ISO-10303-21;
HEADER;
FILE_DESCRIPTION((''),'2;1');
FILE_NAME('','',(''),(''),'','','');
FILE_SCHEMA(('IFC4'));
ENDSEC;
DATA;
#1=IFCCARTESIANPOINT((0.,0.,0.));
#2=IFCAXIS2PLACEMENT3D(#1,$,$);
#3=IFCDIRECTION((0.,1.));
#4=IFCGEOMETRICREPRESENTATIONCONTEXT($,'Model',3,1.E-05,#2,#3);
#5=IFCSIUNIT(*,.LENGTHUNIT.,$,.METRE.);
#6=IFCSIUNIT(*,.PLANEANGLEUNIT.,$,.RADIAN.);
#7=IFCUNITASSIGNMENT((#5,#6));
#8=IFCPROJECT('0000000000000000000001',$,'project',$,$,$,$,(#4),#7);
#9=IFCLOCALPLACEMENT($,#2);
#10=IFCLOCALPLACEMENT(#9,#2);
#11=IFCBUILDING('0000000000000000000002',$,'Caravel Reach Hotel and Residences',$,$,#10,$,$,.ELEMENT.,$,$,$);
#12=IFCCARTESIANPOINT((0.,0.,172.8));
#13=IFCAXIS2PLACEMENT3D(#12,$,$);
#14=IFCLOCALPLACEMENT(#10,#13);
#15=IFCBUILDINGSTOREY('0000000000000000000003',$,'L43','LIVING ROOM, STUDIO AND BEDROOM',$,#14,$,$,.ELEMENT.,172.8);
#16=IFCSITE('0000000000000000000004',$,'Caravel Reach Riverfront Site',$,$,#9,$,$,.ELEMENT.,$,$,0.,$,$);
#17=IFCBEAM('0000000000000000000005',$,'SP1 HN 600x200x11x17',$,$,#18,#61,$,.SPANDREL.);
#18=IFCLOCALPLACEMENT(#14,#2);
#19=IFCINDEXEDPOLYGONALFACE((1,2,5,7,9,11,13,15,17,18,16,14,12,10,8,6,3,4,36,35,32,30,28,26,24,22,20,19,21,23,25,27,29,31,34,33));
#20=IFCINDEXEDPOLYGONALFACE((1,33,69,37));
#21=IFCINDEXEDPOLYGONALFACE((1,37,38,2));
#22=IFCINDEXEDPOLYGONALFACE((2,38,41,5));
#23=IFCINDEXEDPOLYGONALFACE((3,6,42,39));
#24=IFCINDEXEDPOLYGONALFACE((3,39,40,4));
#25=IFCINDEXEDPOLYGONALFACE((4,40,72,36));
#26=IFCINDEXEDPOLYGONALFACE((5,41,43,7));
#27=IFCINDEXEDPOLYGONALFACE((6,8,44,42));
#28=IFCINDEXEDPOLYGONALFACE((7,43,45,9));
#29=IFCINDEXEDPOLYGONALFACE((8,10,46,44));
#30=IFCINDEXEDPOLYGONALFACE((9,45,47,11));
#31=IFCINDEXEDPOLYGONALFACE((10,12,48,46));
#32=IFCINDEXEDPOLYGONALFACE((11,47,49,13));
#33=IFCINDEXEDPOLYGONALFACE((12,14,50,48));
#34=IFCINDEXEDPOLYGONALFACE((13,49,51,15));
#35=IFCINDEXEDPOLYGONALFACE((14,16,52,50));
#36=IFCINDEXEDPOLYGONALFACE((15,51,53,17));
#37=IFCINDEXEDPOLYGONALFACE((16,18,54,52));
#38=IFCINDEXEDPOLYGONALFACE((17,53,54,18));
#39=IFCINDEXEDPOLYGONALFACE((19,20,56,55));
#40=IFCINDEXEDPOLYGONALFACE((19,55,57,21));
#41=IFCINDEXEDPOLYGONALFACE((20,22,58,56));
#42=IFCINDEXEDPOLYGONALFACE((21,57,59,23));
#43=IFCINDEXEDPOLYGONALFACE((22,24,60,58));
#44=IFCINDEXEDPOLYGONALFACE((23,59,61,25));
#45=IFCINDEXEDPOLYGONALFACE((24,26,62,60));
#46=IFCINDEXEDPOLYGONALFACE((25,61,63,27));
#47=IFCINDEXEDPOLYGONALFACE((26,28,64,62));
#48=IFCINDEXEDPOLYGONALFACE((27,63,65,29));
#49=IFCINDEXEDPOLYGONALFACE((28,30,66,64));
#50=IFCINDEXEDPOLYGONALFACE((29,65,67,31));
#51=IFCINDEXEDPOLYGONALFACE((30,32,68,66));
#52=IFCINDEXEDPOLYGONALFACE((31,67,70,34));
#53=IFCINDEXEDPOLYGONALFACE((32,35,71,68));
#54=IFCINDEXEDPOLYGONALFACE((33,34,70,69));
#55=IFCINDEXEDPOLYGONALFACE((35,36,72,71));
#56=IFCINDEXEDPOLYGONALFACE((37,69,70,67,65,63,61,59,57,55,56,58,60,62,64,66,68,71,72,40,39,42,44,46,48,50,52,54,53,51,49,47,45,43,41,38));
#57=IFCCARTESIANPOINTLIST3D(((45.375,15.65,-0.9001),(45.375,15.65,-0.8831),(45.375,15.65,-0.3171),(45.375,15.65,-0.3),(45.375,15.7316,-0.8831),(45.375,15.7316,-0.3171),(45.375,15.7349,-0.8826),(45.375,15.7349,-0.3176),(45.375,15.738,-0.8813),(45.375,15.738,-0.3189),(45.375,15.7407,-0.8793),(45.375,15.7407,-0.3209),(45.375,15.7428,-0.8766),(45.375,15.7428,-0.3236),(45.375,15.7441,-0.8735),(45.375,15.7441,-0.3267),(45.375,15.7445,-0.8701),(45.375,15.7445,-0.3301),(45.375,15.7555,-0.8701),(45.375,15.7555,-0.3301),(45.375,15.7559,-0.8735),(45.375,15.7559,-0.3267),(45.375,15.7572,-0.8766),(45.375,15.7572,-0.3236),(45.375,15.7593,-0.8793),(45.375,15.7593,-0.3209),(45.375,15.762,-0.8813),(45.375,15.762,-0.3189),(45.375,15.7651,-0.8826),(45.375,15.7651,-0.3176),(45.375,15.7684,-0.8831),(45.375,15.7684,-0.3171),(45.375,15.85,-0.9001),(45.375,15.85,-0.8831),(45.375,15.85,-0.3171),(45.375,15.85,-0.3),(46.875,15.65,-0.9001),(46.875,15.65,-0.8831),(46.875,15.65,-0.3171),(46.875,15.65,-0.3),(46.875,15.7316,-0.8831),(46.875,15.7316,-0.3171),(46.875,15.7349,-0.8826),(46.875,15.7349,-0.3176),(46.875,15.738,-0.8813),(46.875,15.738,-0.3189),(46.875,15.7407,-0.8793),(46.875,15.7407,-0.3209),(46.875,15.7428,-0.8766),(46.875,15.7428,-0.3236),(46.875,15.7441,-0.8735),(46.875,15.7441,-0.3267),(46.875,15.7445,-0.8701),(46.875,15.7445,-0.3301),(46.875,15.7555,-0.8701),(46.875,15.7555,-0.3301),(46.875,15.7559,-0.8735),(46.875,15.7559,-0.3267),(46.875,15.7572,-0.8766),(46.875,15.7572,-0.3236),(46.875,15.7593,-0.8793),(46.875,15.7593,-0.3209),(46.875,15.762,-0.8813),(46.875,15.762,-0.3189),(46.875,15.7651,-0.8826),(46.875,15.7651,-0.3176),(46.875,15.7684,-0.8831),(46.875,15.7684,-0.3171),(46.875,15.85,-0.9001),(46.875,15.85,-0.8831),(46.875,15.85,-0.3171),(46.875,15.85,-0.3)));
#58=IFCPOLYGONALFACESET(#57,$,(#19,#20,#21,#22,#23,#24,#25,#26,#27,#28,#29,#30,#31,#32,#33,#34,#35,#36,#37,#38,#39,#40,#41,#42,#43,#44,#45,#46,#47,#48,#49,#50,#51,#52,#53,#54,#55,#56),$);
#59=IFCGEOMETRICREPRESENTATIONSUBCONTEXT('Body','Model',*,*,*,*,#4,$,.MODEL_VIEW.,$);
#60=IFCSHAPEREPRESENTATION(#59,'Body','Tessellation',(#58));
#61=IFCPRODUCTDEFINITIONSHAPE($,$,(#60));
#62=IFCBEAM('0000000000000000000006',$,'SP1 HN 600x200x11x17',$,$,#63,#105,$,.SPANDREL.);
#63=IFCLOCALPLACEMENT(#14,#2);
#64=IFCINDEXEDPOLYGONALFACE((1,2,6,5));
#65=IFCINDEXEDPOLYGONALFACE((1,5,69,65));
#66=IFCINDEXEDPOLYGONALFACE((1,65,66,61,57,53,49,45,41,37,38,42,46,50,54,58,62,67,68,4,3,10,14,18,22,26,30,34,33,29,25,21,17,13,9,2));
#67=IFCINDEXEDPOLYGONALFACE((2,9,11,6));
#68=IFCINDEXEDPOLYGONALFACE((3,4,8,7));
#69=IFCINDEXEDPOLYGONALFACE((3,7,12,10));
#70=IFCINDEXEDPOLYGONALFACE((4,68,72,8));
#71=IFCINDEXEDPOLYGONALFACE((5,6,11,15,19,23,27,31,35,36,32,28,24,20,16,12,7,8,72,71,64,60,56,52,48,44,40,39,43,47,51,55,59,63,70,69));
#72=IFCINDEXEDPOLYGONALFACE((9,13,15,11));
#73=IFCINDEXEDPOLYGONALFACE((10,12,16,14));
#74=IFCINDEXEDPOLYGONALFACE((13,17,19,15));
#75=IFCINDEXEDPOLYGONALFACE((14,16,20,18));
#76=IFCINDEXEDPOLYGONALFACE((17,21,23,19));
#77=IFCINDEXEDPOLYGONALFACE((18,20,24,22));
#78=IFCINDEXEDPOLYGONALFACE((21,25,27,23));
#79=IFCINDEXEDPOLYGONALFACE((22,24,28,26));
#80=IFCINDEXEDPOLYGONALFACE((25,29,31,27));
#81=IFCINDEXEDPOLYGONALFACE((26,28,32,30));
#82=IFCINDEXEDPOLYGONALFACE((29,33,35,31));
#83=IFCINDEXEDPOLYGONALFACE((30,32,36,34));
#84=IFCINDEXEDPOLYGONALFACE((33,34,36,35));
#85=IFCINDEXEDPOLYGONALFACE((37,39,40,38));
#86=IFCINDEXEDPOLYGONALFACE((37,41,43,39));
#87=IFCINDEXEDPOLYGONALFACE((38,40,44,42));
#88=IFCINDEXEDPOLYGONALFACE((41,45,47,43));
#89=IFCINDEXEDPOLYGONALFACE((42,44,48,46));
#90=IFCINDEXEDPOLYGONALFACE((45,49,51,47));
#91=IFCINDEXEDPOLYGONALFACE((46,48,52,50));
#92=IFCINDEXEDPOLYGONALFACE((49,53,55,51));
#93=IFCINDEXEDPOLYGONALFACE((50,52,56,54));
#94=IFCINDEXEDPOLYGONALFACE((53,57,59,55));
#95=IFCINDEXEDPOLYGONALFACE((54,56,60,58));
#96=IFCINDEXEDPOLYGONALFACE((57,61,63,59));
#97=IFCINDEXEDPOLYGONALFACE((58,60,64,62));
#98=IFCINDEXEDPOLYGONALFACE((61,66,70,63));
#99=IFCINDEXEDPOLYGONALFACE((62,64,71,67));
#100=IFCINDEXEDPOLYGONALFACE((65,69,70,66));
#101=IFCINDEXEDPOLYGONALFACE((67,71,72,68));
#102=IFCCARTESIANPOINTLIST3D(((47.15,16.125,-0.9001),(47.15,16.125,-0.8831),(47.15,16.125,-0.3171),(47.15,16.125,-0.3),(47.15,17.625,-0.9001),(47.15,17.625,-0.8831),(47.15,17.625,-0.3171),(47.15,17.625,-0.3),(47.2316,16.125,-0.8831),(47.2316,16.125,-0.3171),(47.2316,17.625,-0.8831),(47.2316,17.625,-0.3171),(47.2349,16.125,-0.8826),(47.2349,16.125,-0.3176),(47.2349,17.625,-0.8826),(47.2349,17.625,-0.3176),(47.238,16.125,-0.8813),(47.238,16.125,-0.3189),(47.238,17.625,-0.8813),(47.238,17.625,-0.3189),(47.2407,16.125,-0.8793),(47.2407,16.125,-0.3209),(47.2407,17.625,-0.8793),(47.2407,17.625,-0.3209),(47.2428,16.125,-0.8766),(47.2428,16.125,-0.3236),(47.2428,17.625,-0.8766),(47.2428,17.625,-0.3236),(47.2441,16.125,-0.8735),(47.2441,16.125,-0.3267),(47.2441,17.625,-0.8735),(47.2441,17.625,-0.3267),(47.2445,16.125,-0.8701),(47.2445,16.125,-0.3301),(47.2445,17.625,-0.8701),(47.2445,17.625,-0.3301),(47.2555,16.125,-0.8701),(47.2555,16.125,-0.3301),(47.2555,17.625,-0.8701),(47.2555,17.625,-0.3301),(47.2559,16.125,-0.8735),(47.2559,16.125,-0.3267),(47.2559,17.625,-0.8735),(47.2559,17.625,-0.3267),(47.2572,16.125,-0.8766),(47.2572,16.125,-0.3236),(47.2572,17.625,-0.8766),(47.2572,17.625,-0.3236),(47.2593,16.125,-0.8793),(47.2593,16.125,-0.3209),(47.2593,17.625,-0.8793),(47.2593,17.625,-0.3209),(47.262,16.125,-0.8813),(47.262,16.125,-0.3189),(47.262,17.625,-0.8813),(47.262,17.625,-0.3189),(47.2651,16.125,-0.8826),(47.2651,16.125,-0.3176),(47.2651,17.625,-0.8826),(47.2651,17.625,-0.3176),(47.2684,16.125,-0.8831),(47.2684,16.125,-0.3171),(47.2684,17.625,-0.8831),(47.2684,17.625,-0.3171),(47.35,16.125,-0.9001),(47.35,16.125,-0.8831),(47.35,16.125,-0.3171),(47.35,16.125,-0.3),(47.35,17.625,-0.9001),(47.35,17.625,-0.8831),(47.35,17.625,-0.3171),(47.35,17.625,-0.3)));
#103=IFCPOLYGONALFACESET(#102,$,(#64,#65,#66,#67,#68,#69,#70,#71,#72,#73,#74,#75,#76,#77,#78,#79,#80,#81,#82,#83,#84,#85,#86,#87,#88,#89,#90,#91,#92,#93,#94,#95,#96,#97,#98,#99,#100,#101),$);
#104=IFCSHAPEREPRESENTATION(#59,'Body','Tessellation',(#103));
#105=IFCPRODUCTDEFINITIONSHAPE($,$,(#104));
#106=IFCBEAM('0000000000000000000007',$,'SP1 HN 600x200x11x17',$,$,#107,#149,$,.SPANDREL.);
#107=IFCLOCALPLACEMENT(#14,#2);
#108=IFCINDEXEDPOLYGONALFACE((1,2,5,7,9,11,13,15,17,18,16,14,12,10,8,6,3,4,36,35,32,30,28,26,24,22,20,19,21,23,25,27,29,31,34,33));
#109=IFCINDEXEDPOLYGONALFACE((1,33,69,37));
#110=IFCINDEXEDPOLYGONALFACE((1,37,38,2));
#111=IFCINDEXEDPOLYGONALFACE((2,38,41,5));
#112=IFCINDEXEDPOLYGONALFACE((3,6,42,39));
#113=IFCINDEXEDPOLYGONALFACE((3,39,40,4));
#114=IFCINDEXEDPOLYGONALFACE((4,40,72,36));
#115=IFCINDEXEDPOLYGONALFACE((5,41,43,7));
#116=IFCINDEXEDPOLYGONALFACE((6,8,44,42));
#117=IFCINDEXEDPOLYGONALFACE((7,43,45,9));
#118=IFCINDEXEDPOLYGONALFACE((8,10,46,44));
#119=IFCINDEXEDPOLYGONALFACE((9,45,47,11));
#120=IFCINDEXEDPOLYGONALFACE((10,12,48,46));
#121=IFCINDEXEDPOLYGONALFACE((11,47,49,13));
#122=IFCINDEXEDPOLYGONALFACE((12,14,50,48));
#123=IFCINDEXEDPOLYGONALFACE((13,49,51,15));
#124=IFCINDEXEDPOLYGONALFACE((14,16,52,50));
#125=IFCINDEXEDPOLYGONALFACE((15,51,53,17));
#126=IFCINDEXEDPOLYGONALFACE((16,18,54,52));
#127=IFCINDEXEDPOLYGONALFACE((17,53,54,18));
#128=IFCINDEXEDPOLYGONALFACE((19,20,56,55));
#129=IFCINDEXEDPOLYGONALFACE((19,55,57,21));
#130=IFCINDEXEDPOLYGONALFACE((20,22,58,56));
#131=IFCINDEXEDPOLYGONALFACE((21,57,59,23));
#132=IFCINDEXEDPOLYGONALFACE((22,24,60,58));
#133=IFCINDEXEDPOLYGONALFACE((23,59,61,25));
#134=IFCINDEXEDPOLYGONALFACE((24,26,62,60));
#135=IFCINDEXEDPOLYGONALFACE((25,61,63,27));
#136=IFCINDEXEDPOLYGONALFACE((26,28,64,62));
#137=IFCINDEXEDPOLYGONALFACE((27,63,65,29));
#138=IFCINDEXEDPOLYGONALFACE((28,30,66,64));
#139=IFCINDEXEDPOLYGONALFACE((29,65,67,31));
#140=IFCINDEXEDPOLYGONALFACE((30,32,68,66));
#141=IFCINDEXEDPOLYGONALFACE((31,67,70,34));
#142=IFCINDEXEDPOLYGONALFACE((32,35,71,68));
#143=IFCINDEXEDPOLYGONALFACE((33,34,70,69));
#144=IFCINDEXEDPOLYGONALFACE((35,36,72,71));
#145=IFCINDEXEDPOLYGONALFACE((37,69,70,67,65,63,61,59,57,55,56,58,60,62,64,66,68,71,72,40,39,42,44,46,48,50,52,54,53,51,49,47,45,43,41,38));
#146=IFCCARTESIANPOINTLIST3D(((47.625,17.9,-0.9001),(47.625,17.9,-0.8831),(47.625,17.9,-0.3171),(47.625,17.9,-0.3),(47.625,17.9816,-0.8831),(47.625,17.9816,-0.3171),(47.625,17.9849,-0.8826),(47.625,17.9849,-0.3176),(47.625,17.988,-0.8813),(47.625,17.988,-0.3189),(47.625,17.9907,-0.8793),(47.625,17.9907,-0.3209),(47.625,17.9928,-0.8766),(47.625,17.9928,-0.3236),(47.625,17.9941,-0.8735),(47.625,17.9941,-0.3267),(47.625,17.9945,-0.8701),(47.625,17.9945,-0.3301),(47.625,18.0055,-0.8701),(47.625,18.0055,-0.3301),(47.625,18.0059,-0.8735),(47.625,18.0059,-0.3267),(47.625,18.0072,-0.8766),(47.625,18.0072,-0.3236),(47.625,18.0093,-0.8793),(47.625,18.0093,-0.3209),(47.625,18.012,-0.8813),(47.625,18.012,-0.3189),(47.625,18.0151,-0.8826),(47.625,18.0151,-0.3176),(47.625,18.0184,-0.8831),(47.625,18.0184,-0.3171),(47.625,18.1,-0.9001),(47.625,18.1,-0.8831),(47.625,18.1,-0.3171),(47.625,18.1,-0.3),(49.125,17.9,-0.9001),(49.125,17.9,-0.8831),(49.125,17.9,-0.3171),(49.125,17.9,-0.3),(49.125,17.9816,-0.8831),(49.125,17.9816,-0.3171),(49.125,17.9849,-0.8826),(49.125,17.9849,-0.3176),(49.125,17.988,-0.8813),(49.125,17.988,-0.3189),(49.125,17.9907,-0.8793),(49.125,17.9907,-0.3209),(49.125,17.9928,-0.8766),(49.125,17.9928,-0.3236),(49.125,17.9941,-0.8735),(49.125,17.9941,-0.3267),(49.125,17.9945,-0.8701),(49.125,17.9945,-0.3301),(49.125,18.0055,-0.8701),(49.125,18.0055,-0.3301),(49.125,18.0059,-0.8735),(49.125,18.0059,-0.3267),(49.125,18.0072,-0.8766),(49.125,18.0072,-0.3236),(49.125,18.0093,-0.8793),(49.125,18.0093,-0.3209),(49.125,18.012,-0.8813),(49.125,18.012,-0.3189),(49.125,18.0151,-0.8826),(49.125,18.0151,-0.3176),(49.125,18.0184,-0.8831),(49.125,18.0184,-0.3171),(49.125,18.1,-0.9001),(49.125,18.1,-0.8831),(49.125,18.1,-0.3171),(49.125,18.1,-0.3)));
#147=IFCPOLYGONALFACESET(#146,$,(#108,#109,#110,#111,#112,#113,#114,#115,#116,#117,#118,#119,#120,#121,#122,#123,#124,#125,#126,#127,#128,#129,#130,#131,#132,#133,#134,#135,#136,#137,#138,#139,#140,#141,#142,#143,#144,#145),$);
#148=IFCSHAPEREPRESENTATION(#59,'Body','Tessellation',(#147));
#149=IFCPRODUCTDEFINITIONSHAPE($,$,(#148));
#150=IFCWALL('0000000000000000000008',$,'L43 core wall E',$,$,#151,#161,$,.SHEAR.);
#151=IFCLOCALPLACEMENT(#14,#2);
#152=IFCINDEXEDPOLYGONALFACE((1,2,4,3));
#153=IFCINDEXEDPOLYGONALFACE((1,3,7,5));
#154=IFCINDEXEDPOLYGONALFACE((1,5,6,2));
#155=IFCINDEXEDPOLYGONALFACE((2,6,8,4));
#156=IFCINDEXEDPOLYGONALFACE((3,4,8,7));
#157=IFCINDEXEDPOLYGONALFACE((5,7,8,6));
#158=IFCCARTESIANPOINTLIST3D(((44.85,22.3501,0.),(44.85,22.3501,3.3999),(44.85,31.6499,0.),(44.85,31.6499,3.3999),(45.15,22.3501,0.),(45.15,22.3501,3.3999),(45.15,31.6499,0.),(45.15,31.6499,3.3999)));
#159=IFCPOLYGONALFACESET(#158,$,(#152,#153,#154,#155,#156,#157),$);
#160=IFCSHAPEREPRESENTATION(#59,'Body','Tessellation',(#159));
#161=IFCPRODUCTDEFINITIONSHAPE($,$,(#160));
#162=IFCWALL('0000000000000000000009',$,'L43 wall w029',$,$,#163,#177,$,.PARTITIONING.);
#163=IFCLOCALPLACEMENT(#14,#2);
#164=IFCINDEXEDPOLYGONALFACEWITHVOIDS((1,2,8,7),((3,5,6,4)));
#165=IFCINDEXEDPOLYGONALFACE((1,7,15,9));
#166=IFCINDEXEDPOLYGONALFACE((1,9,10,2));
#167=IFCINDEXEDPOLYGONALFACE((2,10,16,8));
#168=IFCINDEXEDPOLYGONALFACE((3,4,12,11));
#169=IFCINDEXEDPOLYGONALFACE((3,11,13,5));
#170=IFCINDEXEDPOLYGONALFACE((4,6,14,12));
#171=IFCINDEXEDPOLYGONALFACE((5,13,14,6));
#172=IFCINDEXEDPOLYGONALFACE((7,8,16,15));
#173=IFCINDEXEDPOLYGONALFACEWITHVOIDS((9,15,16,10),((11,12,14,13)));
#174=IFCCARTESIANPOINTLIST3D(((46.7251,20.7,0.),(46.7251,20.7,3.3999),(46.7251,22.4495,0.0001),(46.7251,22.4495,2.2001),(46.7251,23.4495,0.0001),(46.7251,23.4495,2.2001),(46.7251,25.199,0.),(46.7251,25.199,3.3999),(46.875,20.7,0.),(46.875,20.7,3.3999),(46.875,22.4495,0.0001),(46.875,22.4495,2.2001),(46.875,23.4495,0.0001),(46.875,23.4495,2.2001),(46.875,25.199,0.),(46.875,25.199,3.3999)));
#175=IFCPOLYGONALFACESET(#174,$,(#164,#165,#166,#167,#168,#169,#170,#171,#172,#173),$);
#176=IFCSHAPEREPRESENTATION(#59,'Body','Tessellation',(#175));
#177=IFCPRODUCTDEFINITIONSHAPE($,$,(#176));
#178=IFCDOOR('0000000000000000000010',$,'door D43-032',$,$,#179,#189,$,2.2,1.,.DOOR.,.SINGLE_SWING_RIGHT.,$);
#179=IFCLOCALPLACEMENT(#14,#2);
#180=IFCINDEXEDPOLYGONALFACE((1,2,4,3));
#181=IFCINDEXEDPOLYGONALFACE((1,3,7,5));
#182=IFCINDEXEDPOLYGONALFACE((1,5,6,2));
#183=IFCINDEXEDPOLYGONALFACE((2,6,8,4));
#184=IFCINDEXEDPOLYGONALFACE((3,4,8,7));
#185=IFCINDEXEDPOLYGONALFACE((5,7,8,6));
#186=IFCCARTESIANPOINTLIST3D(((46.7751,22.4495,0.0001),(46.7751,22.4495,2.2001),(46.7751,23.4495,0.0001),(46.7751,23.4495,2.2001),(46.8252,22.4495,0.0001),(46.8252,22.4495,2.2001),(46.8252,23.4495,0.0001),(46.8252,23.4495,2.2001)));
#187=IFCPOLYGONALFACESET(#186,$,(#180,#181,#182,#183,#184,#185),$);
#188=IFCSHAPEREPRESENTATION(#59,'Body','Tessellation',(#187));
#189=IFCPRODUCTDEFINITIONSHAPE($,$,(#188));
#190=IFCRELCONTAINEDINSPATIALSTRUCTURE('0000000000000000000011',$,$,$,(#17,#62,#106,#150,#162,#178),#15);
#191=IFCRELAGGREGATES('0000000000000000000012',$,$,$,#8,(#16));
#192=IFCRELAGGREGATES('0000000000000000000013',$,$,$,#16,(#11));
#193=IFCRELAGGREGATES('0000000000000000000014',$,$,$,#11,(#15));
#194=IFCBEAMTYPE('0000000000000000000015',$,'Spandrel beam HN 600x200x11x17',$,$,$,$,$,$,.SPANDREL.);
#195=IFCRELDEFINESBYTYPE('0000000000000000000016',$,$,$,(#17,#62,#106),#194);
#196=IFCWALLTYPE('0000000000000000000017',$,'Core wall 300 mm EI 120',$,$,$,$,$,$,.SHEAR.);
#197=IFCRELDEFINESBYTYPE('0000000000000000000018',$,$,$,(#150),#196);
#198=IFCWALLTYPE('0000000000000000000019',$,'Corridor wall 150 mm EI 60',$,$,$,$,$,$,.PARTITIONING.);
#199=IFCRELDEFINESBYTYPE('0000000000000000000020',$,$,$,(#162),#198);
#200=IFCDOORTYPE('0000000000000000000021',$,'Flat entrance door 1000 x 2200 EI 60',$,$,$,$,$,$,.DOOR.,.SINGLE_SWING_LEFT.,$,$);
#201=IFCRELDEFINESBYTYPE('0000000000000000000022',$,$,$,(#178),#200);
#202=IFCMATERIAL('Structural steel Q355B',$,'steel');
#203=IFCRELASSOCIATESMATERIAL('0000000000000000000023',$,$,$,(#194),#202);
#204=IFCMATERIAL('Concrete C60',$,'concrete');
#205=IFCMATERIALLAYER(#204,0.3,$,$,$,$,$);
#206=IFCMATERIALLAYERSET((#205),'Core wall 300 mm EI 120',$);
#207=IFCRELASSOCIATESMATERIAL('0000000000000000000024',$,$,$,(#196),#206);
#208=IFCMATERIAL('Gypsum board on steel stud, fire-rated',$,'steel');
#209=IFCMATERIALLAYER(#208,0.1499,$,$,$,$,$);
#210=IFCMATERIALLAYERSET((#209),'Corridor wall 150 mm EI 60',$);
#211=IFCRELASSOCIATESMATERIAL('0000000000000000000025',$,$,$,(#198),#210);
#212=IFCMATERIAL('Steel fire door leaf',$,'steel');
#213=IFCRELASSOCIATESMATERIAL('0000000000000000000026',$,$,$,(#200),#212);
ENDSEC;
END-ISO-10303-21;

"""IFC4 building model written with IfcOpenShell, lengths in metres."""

from ifc_helpers import new_model, si_unit, direction, frame, frame_2d, origin, origin_2d, place, context, subcontext, project, spatial, rectangle, i_section, extrude, material, layer, layer_set, material_profile, profile_set, type_object, element, fill, save


model = new_model("IFC4")

# Units and contexts
model_context = context("Model", 3, precision=1e-05, world=origin(), true_north=direction((0.0, 1.0)))
body_context = subcontext(model_context, "Body", "Model", "MODEL_VIEW")
ifc_project = project(units=[si_unit("LENGTHUNIT", "METRE"), si_unit("PLANEANGLEUNIT", "RADIAN")], contexts=[model_context])

# Site, building, storey
site_placement = place(None, origin())
site = spatial("IfcSite", under=ifc_project, at=site_placement, Name="Caravel Reach Riverfront Site", CompositionType="ELEMENT", RefElevation=0.0)
building_placement = place(site_placement, origin())
building = spatial("IfcBuilding", under=site, at=building_placement, Name="Caravel Reach Hotel and Residences", CompositionType="ELEMENT")
storey_placement = place(building_placement, frame((0.0, 0.0, 172.8)))
storey = spatial("IfcBuildingStorey", under=building, at=storey_placement, Name="L43", Description="LIVING ROOM, STUDIO AND BEDROOM", CompositionType="ELEMENT", Elevation=172.8)

# Beams
ifc_material_1 = material(Name="Structural steel Q355B", Category="steel")
ifc_material_profile_1 = material_profile(ifc_material_1, i_section(OverallWidth=0.2, OverallDepth=0.6001, WebThickness=0.011, FlangeThickness=0.0171, FilletRadius=0.0129, at=origin_2d()), Name="HN 600x200x11x17")
ifc_profile_set_1 = profile_set([ifc_material_profile_1], Name="Structural steel Q355B")
beam_type_1 = type_object("IfcBeamType", Name="Spandrel beam HN 600x200x11x17", PredefinedType="SPANDREL", material=ifc_profile_set_1)
for number, where, z_axis, x_axis, name in (
    (1, (45.375, 15.75, -0.6001), (1.0, 0.0, 0.0), (0.0, 1.0, 0.0), "SP1 HN 600x200x11x17"),
    (2, (47.25, 16.125, -0.6001), (0.0, 1.0, 0.0), (-1.0, 0.0, 0.0), "SP1 HN 600x200x11x17"),
    (3, (47.625, 18.0, -0.6001), (1.0, 0.0, 0.0), (0.0, 1.0, 0.0), "SP1 HN 600x200x11x17"),
):
    element("IfcBeam", number, at=place(storey_placement, frame(where, z_axis=z_axis, x_axis=x_axis)), inside=storey, type_object=beam_type_1, Name=name, PredefinedType="SPANDREL", context=body_context, shape_type="SweptSolid", body=[
        extrude(i_section(OverallWidth=0.2, OverallDepth=0.6001, WebThickness=0.011, FlangeThickness=0.0171, FilletRadius=0.0129, at=origin_2d()), origin(), (0.0, 0.0, 1.0), 1.5),
    ])

# Wall
ifc_material_2 = material(Name="Concrete C60", Category="concrete")
ifc_layer_1 = layer(ifc_material_2, 0.3)
ifc_layer_set_1 = layer_set([ifc_layer_1], Name="Core wall 300 mm EI 120")
wall_type_1 = type_object("IfcWallType", Name="Core wall 300 mm EI 120", PredefinedType="SHEAR", material=ifc_layer_set_1)
wall_1_placement = place(storey_placement, frame((45.0, 22.3501, 0.0), z_axis=(0.0, 0.0, 1.0), x_axis=(0.0, 1.0, 0.0)))
element("IfcWall", 4, at=wall_1_placement, inside=storey, type_object=wall_type_1, Name="L43 core wall E", PredefinedType="SHEAR", context=body_context, shape_type="SweptSolid", body=[
    extrude(rectangle(XDim=9.2998, YDim=0.3, at=frame_2d((4.6499, 0.0))), origin(), (0.0, 0.0, 1.0), 3.3999),
])

# Wall, opening, door
ifc_material_3 = material(Name="Gypsum board on steel stud, fire-rated", Category="steel")
ifc_layer_2 = layer(ifc_material_3, 0.1499)
ifc_layer_set_2 = layer_set([ifc_layer_2], Name="Corridor wall 150 mm EI 60")
wall_type_2 = type_object("IfcWallType", Name="Corridor wall 150 mm EI 60", PredefinedType="PARTITIONING", material=ifc_layer_set_2)
wall_2_placement = place(storey_placement, frame((46.8, 20.7, 0.0), z_axis=(0.0, 0.0, 1.0), x_axis=(0.0, 1.0, 0.0)))
wall_2 = element("IfcWall", 5, at=wall_2_placement, inside=storey, type_object=wall_type_2, Name="L43 wall w029", PredefinedType="PARTITIONING", context=body_context, shape_type="SweptSolid", body=[
    extrude(rectangle(XDim=4.499, YDim=0.1499, at=frame_2d((2.2495, 0.0))), origin(), (0.0, 0.0, 1.0), 3.3999),
])
opening_1_placement = place(wall_2_placement, frame((1.7495, 0.0, 0.0)))
opening_1 = element("IfcOpeningElement", 6, at=opening_1_placement, cuts=wall_2, PredefinedType="OPENING", context=body_context, shape_type="SweptSolid", body=[
    extrude(rectangle(XDim=1.0, YDim=2.2, at=frame_2d((0.5, 1.1001))), frame((0.0, 0.085, 0.0), z_axis=(0.0, -1.0, 0.0), x_axis=(1.0, 0.0, 0.0)), (0.0, 0.0, 1.0), 0.1699),
])
ifc_material_4 = material(Name="Steel fire door leaf", Category="steel")
door_type_1 = type_object("IfcDoorType", Name="Flat entrance door 1000 x 2200 EI 60", OperationType="SINGLE_SWING_LEFT", PredefinedType="DOOR", material=ifc_material_4)
door_1_placement = place(opening_1_placement, origin())
door_1 = element("IfcDoor", 7, at=door_1_placement, inside=storey, type_object=door_type_1, Name="door D43-032", OperationType="SINGLE_SWING_RIGHT", OverallHeight=2.2, OverallWidth=1.0, PredefinedType="DOOR", context=body_context, shape_type="SweptSolid", body=[
    extrude(rectangle(XDim=1.0, YDim=2.2, at=frame_2d((0.5, 1.1001))), frame((0.0, 0.0249, 0.0), z_axis=(0.0, -1.0, 0.0), x_axis=(1.0, 0.0, 0.0)), (0.0, 0.0, 1.0), 0.05),
])
fill(opening_1, door_1)

save(model, "model.ifc")
